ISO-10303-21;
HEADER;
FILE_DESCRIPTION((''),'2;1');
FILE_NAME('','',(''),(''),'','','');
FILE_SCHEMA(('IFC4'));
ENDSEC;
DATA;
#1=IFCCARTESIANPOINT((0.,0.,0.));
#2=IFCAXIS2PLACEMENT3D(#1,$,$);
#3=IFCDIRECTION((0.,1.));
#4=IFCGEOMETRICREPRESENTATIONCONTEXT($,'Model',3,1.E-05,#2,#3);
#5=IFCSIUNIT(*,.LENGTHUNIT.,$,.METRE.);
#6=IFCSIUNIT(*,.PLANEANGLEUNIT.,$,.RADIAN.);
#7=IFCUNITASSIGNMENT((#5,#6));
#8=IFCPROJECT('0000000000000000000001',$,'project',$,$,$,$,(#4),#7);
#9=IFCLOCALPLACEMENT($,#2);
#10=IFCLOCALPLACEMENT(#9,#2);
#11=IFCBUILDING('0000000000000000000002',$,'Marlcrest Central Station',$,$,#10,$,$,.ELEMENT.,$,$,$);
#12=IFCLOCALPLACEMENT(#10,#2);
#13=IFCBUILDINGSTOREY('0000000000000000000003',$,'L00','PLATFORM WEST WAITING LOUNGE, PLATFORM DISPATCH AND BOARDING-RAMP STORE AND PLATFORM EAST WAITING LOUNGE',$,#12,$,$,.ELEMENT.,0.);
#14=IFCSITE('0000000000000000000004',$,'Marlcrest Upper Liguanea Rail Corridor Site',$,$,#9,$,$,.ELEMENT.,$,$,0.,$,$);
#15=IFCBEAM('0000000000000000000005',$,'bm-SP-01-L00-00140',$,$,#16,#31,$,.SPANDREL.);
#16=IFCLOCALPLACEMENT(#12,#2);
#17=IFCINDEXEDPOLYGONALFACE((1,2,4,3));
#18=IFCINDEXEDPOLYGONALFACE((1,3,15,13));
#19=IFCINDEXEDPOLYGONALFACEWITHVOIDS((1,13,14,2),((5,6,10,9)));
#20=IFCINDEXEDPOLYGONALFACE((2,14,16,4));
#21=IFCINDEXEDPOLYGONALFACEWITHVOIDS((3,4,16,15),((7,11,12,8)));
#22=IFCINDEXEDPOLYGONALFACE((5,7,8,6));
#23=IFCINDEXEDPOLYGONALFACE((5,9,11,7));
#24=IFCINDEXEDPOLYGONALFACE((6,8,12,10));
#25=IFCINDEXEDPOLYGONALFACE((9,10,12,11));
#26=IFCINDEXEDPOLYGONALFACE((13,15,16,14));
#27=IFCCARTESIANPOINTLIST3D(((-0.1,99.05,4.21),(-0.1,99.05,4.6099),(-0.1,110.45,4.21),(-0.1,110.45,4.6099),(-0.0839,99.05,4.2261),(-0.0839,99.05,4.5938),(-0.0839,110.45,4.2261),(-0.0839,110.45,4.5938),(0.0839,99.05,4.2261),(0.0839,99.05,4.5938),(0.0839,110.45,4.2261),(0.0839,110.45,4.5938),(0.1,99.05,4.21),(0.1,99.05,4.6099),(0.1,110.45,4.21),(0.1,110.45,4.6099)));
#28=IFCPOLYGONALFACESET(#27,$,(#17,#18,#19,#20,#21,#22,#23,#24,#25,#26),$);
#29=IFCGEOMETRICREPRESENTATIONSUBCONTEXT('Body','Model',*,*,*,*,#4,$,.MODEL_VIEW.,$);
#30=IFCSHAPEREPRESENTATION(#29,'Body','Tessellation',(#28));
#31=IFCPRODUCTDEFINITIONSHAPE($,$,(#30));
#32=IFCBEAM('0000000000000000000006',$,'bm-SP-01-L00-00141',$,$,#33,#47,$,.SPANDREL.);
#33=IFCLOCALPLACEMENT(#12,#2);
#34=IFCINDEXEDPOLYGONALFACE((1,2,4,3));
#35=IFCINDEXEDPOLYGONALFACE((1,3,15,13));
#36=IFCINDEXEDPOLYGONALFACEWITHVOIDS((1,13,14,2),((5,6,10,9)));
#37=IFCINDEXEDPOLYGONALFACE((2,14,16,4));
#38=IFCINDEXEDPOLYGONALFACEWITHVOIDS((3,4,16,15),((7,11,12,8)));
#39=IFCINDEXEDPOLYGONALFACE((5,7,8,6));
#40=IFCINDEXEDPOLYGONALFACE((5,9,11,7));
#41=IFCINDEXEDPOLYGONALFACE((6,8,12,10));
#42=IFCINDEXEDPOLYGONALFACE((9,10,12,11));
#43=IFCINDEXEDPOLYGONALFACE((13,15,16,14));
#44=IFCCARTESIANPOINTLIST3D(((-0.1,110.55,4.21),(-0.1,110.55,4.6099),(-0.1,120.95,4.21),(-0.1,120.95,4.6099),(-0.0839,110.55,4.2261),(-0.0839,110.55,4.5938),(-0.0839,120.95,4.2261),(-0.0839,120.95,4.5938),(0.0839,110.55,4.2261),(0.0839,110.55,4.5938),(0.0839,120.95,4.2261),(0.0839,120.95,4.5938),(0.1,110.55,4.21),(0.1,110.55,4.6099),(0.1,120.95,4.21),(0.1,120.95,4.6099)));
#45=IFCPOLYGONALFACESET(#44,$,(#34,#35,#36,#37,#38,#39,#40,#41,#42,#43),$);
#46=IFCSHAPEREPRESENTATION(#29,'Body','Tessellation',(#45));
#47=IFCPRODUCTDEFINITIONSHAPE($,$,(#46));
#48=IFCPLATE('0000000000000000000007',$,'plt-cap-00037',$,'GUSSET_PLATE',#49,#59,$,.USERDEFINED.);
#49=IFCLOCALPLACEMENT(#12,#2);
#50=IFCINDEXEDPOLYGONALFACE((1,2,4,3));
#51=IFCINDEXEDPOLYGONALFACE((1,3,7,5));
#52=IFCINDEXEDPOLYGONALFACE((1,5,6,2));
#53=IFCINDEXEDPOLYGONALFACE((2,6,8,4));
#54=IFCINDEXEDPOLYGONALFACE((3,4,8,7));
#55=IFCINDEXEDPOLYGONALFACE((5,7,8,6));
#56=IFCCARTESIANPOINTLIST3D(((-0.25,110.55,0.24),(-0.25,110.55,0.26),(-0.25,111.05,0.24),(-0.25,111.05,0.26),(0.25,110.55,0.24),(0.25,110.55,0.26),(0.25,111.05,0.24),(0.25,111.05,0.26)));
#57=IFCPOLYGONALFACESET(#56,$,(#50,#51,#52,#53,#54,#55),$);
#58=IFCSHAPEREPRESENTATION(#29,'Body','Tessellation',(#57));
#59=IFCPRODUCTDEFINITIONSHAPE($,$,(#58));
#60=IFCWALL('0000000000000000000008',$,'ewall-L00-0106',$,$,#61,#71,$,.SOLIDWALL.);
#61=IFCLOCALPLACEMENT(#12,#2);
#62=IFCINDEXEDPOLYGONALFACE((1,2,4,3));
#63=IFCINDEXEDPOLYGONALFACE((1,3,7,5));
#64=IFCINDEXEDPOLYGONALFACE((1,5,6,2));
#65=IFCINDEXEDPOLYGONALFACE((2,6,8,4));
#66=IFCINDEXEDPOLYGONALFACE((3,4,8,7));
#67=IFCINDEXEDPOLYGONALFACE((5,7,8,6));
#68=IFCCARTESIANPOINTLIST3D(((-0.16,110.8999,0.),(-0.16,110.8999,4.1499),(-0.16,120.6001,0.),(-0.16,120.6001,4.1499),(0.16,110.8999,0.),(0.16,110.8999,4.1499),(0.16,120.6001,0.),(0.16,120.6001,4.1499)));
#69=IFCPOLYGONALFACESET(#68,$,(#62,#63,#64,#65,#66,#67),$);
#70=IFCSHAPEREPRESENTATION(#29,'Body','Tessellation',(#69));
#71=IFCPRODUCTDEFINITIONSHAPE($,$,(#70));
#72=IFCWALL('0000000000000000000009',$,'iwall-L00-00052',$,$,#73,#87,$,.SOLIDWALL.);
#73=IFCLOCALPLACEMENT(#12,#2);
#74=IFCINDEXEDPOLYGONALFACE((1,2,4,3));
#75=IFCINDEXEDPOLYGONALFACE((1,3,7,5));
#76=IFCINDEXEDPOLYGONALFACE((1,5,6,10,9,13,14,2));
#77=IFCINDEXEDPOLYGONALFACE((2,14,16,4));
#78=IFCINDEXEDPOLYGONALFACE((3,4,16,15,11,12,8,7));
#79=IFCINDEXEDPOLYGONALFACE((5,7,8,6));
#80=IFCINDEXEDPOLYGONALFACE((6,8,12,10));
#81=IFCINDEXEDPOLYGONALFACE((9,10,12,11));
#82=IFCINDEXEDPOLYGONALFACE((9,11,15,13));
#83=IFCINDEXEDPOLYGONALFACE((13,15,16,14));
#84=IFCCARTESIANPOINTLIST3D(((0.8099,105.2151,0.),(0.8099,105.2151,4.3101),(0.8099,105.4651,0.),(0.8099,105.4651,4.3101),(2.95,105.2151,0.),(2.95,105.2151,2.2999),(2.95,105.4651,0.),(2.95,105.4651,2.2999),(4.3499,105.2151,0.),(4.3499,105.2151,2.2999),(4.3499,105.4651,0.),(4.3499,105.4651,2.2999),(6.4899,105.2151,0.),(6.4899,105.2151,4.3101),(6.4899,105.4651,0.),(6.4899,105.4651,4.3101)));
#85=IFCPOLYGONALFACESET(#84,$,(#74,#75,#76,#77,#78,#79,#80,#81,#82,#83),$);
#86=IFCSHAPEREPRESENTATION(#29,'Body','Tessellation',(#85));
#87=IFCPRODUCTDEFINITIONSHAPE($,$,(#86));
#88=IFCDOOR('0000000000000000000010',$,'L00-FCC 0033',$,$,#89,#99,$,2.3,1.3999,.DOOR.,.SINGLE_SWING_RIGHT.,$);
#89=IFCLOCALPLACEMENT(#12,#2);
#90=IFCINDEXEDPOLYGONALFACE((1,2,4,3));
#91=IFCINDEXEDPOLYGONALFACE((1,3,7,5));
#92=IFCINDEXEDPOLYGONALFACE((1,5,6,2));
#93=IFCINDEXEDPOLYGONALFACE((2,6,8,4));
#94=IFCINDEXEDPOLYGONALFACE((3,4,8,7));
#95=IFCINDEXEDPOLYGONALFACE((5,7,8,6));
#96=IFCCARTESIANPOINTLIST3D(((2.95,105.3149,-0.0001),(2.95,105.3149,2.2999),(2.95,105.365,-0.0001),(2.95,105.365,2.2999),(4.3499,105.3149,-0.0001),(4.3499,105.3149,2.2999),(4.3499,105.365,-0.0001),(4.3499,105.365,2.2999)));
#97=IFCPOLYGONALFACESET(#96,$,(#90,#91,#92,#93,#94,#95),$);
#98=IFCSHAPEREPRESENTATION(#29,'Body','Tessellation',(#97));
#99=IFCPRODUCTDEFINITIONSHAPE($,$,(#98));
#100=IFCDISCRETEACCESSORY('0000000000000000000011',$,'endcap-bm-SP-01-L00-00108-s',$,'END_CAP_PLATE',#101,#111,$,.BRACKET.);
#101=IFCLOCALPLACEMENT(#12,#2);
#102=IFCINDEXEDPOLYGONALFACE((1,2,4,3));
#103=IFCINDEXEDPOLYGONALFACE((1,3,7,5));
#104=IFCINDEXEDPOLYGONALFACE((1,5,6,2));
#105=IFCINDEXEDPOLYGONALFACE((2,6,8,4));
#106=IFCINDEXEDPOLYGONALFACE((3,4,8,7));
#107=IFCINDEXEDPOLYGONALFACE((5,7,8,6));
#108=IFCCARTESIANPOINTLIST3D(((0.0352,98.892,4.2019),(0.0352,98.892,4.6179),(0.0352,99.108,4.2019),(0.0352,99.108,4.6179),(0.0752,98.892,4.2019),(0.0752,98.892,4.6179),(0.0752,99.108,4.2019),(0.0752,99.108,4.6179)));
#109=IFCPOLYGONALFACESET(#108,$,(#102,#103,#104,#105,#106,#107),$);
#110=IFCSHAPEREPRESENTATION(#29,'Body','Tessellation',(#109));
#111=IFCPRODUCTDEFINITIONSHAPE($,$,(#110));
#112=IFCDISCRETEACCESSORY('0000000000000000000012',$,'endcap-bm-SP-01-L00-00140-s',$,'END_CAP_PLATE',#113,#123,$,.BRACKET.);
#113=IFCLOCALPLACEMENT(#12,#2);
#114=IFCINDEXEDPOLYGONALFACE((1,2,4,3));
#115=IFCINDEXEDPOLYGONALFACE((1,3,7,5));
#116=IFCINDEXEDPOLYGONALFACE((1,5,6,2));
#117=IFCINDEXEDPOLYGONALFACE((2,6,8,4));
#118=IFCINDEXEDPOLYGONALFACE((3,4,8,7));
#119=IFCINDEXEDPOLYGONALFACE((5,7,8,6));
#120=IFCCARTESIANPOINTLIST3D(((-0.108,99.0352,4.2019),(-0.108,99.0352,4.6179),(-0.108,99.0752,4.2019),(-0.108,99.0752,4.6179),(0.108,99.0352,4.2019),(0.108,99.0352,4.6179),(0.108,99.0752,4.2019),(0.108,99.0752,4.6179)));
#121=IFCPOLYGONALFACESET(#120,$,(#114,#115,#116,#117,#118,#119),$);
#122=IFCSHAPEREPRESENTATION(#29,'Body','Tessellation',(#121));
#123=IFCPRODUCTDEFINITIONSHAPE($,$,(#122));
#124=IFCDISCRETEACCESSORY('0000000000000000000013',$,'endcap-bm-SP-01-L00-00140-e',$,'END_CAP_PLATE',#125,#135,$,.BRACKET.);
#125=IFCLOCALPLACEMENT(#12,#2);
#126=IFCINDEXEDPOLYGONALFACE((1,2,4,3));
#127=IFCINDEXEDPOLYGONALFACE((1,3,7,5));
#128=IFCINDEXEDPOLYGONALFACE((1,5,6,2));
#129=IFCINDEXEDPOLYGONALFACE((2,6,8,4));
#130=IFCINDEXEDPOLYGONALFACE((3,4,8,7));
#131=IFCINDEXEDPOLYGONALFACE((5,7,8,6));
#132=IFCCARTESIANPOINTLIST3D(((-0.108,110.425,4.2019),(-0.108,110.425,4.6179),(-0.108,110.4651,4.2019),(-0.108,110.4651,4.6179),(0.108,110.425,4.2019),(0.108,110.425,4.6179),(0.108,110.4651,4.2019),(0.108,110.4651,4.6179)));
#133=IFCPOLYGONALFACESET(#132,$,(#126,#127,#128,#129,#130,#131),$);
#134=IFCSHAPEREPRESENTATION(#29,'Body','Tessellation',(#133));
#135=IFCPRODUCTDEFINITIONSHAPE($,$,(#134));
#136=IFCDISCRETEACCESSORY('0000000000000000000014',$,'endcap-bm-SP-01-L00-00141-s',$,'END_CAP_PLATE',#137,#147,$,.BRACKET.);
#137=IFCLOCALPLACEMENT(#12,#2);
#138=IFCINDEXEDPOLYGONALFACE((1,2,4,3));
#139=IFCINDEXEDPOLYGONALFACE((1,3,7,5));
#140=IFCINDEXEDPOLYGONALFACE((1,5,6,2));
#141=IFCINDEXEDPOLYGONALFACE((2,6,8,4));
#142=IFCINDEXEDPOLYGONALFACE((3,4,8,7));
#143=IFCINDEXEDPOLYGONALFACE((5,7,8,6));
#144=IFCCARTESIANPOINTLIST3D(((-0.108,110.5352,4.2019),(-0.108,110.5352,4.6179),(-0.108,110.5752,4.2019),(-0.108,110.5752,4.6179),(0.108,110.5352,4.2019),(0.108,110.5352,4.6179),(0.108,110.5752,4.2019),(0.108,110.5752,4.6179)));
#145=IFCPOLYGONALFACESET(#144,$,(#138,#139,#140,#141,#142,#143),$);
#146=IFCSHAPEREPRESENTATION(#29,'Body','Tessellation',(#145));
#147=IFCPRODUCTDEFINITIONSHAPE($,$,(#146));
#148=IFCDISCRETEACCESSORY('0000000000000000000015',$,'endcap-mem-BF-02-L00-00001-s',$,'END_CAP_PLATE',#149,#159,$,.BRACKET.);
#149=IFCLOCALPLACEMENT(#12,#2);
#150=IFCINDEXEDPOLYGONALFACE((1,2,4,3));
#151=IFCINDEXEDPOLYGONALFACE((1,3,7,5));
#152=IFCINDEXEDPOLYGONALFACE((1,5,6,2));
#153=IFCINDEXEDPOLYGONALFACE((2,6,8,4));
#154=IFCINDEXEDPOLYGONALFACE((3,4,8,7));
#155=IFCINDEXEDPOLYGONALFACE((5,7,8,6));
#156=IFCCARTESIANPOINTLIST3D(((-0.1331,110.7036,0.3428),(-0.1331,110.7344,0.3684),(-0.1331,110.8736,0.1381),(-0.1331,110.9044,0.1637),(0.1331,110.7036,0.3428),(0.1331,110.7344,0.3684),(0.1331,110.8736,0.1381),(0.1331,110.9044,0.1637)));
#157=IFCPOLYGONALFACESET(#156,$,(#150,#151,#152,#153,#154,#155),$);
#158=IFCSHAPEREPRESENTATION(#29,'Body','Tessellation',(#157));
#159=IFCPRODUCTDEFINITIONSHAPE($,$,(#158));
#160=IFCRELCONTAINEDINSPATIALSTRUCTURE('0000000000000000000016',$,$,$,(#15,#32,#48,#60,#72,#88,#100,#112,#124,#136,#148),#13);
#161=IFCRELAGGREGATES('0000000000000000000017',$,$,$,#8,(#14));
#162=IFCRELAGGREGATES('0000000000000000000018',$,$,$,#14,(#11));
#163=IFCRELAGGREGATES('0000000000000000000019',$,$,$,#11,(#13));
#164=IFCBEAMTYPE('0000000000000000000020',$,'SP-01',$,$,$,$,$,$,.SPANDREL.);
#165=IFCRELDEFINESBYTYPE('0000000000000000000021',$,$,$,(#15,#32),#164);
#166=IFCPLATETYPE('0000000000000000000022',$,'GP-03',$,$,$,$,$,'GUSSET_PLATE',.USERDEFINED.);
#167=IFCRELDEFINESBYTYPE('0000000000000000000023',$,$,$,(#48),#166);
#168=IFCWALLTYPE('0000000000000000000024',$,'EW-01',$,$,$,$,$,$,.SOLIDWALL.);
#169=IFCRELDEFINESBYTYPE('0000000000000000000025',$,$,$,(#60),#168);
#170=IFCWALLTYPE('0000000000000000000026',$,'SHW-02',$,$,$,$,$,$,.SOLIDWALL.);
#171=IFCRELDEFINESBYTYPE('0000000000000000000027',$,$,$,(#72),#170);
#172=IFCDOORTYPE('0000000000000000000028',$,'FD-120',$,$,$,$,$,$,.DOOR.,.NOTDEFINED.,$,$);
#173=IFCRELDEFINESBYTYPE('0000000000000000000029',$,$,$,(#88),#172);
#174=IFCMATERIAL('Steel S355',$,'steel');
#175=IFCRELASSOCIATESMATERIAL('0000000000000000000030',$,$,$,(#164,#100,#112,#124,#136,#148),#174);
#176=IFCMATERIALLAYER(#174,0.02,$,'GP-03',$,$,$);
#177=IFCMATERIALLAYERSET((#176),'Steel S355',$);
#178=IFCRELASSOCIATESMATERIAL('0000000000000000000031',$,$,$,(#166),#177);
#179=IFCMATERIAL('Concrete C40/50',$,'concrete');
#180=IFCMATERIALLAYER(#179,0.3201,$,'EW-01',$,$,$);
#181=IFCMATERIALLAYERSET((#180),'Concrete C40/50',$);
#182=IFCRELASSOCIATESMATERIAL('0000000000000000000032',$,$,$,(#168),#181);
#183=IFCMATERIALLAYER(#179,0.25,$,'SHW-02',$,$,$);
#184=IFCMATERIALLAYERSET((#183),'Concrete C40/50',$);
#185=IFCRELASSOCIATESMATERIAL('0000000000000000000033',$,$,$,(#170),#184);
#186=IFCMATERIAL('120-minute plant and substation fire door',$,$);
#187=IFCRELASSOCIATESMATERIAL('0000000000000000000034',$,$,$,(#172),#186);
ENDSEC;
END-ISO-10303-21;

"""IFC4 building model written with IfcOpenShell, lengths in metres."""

from ifc_helpers import new_model, si_unit, direction, frame, frame_2d, origin, origin_2d, place, context, subcontext, project, spatial, rectangle, hollow_rectangle, extrude, material, layer, layer_set, material_profile, profile_set, type_object, element, fill, save


model = new_model("IFC4")

# Units and contexts
model_context = context("Model", 3, precision=1e-05, world=origin(), true_north=direction((0.0, 1.0)))
body_context = subcontext(model_context, "Body", "Model", "MODEL_VIEW")
ifc_project = project(units=[si_unit("LENGTHUNIT", "METRE"), si_unit("PLANEANGLEUNIT", "RADIAN")], contexts=[model_context])

# Site, building, storey
site_placement = place(None, origin())
site = spatial("IfcSite", under=ifc_project, at=site_placement, Name="Marlcrest Upper Liguanea Rail Corridor Site", CompositionType="ELEMENT", RefElevation=0.0)
building_placement = place(site_placement, origin())
building = spatial("IfcBuilding", under=site, at=building_placement, Name="Marlcrest Central Station", CompositionType="ELEMENT")
storey_placement = place(building_placement, origin())
storey = spatial("IfcBuildingStorey", under=building, at=storey_placement, Name="L00", Description="PLATFORM WEST WAITING LOUNGE, PLATFORM DISPATCH AND BOARDING-RAMP STORE AND PLATFORM EAST WAITING LOUNGE", CompositionType="ELEMENT", Elevation=0.0)

# Shared definitions
ifc_material_1 = material(Name="Steel S355", Category="steel")

# Beams
ifc_material_profile_1 = material_profile(ifc_material_1, hollow_rectangle(XDim=0.2, YDim=0.3999, WallThickness=0.0161, at=origin_2d()), Name="RHS 400x200x16")
ifc_profile_set_1 = profile_set([ifc_material_profile_1], Name="Steel S355")
beam_type_1 = type_object("IfcBeamType", Name="SP-01", PredefinedType="SPANDREL", material=ifc_profile_set_1)
beam_1_placement = place(storey_placement, frame((0.0, 99.05, 4.4099), z_axis=(0.0, 1.0, 0.0), x_axis=(-1.0, 0.0, 0.0)))
element("IfcBeam", 1, at=beam_1_placement, inside=storey, type_object=beam_type_1, Name="bm-SP-01-L00-00140", PredefinedType="SPANDREL", context=body_context, shape_type="SweptSolid", body=[
    extrude(hollow_rectangle(XDim=0.2, YDim=0.3999, WallThickness=0.0161, at=origin_2d()), origin(), (0.0, 0.0, 1.0), 11.3999),
])
beam_2_placement = place(storey_placement, frame((0.0, 110.55, 4.4099), z_axis=(0.0, 1.0, 0.0), x_axis=(-1.0, 0.0, 0.0)))
element("IfcBeam", 2, at=beam_2_placement, inside=storey, type_object=beam_type_1, Name="bm-SP-01-L00-00141", PredefinedType="SPANDREL", context=body_context, shape_type="SweptSolid", body=[
    extrude(hollow_rectangle(XDim=0.2, YDim=0.3999, WallThickness=0.0161, at=origin_2d()), origin(), (0.0, 0.0, 1.0), 10.3999),
])

# Plate
ifc_layer_1 = layer(ifc_material_1, 0.02, Name="GP-03")
ifc_layer_set_1 = layer_set([ifc_layer_1], Name="Steel S355")
plate_type = type_object("IfcPlateType", Name="GP-03", ElementType="GUSSET_PLATE", PredefinedType="USERDEFINED", material=ifc_layer_set_1)
plate_placement = place(storey_placement, frame((0.0, 110.8, 0.24), z_axis=(0.0, 0.0, 1.0), x_axis=(1.0, 0.0, 0.0)))
element("IfcPlate", 3, at=plate_placement, inside=storey, type_object=plate_type, Name="plt-cap-00037", ObjectType="GUSSET_PLATE", PredefinedType="USERDEFINED", context=body_context, shape_type="SweptSolid", body=[
    extrude(rectangle(XDim=0.5, YDim=0.5, at=origin_2d()), origin(), (0.0, 0.0, 1.0), 0.02),
])

# Shared definitions
ifc_material_2 = material(Name="Concrete C40/50", Category="concrete")
ifc_layer_2 = layer(ifc_material_2, 0.3201, Name="EW-01")
ifc_layer_set_2 = layer_set([ifc_layer_2], Name="Concrete C40/50")
wall_type_1 = type_object("IfcWallType", Name="EW-01", PredefinedType="SOLIDWALL", material=ifc_layer_set_2)

# Wall
wall_1_placement = place(storey_placement, frame((0.0, 110.8999, 0.0), z_axis=(0.0, 0.0, 1.0), x_axis=(0.0, 1.0, 0.0)))
element("IfcWall", 4, at=wall_1_placement, inside=storey, type_object=wall_type_1, Name="ewall-L00-0106", PredefinedType="SOLIDWALL", context=body_context, shape_type="SweptSolid", body=[
    extrude(rectangle(XDim=9.7002, YDim=0.3201, at=frame_2d((4.8501, 0.0))), origin(), (0.0, 0.0, 1.0), 4.1499),
])

# Wall, opening, door
ifc_layer_3 = layer(ifc_material_2, 0.25, Name="SHW-02")
ifc_layer_set_3 = layer_set([ifc_layer_3], Name="Concrete C40/50")
wall_type_2 = type_object("IfcWallType", Name="SHW-02", PredefinedType="SOLIDWALL", material=ifc_layer_set_3)
wall_2_placement = place(storey_placement, frame((0.8101, 105.3401, 0.0), z_axis=(0.0, 0.0, 1.0), x_axis=(1.0, 0.0, 0.0)))
wall_2 = element("IfcWall", 5, at=wall_2_placement, inside=storey, type_object=wall_type_2, Name="iwall-L00-00052", PredefinedType="SOLIDWALL", context=body_context, shape_type="SweptSolid", body=[
    extrude(rectangle(XDim=5.6799, YDim=0.25, at=frame_2d((2.8398, 0.0))), origin(), (0.0, 0.0, 1.0), 4.3101),
])
opening_1_placement = place(wall_2_placement, frame((2.1399, 0.0, 0.0)))
opening_1 = element("IfcOpeningElement", 6, at=opening_1_placement, cuts=wall_2, PredefinedType="OPENING", context=body_context, shape_type="SweptSolid", body=[
    extrude(rectangle(XDim=1.3999, YDim=2.3, at=frame_2d((0.7, 1.1499))), frame((0.0, 0.135, 0.0), z_axis=(0.0, -1.0, 0.0), x_axis=(1.0, 0.0, 0.0)), (0.0, 0.0, 1.0), 0.27),
])
ifc_material_3 = material(Name="120-minute plant and substation fire door")
door_type_1 = type_object("IfcDoorType", Name="FD-120", OperationType="NOTDEFINED", PredefinedType="DOOR", material=ifc_material_3)
door_1_placement = place(opening_1_placement, origin())
door_1 = element("IfcDoor", 7, at=door_1_placement, inside=storey, type_object=door_type_1, Name="L00-FCC 0033", OperationType="SINGLE_SWING_RIGHT", OverallHeight=2.3, OverallWidth=1.3999, PredefinedType="DOOR", context=body_context, shape_type="SweptSolid", body=[
    extrude(rectangle(XDim=1.3999, YDim=2.3, at=frame_2d((0.7, 1.1499))), frame((0.0, 0.0249, 0.0), z_axis=(0.0, -1.0, 0.0), x_axis=(1.0, 0.0, 0.0)), (0.0, 0.0, 1.0), 0.05),
])
fill(opening_1, door_1)

# Discrete accessories
for number, where, z_axis, x_axis, name in (
    (8, (0.0352, 99.0, 4.4099), (1.0, 0.0, 0.0), (0.0, 1.0, 0.0), "endcap-bm-SP-01-L00-00108-s"),
    (9, (0.0, 99.0352, 4.4099), (0.0, 1.0, 0.0), (-1.0, 0.0, 0.0), "endcap-bm-SP-01-L00-00140-s"),
    (10, (0.0, 110.425, 4.4099), (0.0, 1.0, 0.0), (-1.0, 0.0, 0.0), "endcap-bm-SP-01-L00-00140-e"),
    (11, (0.0, 110.5352, 4.4099), (0.0, 1.0, 0.0), (-1.0, 0.0, 0.0), "endcap-bm-SP-01-L00-00141-s"),
):
    element("IfcDiscreteAccessory", number, at=place(storey_placement, frame(where, z_axis=z_axis, x_axis=x_axis)), inside=storey, material=ifc_material_1, Name=name, ObjectType="END_CAP_PLATE", PredefinedType="BRACKET", context=body_context, shape_type="SweptSolid", body=[
        extrude(rectangle(XDim=0.2161, YDim=0.416, at=origin_2d()), origin(), (0.0, 0.0, 1.0), 0.04),
    ])
discrete_accessory_placement = place(storey_placement, frame((0.0, 110.7886, 0.2405), z_axis=(0.0, 0.769355, 0.638821), x_axis=(-1.0, 0.0, 0.0)))
element("IfcDiscreteAccessory", 12, at=discrete_accessory_placement, inside=storey, material=ifc_material_1, Name="endcap-mem-BF-02-L00-00001-s", ObjectType="END_CAP_PLATE", PredefinedType="BRACKET", context=body_context, shape_type="SweptSolid", body=[
    extrude(rectangle(XDim=0.2661, YDim=0.2661, at=origin_2d()), origin(), (0.0, 0.0, 1.0), 0.04),
])

save(model, "model.ifc")
